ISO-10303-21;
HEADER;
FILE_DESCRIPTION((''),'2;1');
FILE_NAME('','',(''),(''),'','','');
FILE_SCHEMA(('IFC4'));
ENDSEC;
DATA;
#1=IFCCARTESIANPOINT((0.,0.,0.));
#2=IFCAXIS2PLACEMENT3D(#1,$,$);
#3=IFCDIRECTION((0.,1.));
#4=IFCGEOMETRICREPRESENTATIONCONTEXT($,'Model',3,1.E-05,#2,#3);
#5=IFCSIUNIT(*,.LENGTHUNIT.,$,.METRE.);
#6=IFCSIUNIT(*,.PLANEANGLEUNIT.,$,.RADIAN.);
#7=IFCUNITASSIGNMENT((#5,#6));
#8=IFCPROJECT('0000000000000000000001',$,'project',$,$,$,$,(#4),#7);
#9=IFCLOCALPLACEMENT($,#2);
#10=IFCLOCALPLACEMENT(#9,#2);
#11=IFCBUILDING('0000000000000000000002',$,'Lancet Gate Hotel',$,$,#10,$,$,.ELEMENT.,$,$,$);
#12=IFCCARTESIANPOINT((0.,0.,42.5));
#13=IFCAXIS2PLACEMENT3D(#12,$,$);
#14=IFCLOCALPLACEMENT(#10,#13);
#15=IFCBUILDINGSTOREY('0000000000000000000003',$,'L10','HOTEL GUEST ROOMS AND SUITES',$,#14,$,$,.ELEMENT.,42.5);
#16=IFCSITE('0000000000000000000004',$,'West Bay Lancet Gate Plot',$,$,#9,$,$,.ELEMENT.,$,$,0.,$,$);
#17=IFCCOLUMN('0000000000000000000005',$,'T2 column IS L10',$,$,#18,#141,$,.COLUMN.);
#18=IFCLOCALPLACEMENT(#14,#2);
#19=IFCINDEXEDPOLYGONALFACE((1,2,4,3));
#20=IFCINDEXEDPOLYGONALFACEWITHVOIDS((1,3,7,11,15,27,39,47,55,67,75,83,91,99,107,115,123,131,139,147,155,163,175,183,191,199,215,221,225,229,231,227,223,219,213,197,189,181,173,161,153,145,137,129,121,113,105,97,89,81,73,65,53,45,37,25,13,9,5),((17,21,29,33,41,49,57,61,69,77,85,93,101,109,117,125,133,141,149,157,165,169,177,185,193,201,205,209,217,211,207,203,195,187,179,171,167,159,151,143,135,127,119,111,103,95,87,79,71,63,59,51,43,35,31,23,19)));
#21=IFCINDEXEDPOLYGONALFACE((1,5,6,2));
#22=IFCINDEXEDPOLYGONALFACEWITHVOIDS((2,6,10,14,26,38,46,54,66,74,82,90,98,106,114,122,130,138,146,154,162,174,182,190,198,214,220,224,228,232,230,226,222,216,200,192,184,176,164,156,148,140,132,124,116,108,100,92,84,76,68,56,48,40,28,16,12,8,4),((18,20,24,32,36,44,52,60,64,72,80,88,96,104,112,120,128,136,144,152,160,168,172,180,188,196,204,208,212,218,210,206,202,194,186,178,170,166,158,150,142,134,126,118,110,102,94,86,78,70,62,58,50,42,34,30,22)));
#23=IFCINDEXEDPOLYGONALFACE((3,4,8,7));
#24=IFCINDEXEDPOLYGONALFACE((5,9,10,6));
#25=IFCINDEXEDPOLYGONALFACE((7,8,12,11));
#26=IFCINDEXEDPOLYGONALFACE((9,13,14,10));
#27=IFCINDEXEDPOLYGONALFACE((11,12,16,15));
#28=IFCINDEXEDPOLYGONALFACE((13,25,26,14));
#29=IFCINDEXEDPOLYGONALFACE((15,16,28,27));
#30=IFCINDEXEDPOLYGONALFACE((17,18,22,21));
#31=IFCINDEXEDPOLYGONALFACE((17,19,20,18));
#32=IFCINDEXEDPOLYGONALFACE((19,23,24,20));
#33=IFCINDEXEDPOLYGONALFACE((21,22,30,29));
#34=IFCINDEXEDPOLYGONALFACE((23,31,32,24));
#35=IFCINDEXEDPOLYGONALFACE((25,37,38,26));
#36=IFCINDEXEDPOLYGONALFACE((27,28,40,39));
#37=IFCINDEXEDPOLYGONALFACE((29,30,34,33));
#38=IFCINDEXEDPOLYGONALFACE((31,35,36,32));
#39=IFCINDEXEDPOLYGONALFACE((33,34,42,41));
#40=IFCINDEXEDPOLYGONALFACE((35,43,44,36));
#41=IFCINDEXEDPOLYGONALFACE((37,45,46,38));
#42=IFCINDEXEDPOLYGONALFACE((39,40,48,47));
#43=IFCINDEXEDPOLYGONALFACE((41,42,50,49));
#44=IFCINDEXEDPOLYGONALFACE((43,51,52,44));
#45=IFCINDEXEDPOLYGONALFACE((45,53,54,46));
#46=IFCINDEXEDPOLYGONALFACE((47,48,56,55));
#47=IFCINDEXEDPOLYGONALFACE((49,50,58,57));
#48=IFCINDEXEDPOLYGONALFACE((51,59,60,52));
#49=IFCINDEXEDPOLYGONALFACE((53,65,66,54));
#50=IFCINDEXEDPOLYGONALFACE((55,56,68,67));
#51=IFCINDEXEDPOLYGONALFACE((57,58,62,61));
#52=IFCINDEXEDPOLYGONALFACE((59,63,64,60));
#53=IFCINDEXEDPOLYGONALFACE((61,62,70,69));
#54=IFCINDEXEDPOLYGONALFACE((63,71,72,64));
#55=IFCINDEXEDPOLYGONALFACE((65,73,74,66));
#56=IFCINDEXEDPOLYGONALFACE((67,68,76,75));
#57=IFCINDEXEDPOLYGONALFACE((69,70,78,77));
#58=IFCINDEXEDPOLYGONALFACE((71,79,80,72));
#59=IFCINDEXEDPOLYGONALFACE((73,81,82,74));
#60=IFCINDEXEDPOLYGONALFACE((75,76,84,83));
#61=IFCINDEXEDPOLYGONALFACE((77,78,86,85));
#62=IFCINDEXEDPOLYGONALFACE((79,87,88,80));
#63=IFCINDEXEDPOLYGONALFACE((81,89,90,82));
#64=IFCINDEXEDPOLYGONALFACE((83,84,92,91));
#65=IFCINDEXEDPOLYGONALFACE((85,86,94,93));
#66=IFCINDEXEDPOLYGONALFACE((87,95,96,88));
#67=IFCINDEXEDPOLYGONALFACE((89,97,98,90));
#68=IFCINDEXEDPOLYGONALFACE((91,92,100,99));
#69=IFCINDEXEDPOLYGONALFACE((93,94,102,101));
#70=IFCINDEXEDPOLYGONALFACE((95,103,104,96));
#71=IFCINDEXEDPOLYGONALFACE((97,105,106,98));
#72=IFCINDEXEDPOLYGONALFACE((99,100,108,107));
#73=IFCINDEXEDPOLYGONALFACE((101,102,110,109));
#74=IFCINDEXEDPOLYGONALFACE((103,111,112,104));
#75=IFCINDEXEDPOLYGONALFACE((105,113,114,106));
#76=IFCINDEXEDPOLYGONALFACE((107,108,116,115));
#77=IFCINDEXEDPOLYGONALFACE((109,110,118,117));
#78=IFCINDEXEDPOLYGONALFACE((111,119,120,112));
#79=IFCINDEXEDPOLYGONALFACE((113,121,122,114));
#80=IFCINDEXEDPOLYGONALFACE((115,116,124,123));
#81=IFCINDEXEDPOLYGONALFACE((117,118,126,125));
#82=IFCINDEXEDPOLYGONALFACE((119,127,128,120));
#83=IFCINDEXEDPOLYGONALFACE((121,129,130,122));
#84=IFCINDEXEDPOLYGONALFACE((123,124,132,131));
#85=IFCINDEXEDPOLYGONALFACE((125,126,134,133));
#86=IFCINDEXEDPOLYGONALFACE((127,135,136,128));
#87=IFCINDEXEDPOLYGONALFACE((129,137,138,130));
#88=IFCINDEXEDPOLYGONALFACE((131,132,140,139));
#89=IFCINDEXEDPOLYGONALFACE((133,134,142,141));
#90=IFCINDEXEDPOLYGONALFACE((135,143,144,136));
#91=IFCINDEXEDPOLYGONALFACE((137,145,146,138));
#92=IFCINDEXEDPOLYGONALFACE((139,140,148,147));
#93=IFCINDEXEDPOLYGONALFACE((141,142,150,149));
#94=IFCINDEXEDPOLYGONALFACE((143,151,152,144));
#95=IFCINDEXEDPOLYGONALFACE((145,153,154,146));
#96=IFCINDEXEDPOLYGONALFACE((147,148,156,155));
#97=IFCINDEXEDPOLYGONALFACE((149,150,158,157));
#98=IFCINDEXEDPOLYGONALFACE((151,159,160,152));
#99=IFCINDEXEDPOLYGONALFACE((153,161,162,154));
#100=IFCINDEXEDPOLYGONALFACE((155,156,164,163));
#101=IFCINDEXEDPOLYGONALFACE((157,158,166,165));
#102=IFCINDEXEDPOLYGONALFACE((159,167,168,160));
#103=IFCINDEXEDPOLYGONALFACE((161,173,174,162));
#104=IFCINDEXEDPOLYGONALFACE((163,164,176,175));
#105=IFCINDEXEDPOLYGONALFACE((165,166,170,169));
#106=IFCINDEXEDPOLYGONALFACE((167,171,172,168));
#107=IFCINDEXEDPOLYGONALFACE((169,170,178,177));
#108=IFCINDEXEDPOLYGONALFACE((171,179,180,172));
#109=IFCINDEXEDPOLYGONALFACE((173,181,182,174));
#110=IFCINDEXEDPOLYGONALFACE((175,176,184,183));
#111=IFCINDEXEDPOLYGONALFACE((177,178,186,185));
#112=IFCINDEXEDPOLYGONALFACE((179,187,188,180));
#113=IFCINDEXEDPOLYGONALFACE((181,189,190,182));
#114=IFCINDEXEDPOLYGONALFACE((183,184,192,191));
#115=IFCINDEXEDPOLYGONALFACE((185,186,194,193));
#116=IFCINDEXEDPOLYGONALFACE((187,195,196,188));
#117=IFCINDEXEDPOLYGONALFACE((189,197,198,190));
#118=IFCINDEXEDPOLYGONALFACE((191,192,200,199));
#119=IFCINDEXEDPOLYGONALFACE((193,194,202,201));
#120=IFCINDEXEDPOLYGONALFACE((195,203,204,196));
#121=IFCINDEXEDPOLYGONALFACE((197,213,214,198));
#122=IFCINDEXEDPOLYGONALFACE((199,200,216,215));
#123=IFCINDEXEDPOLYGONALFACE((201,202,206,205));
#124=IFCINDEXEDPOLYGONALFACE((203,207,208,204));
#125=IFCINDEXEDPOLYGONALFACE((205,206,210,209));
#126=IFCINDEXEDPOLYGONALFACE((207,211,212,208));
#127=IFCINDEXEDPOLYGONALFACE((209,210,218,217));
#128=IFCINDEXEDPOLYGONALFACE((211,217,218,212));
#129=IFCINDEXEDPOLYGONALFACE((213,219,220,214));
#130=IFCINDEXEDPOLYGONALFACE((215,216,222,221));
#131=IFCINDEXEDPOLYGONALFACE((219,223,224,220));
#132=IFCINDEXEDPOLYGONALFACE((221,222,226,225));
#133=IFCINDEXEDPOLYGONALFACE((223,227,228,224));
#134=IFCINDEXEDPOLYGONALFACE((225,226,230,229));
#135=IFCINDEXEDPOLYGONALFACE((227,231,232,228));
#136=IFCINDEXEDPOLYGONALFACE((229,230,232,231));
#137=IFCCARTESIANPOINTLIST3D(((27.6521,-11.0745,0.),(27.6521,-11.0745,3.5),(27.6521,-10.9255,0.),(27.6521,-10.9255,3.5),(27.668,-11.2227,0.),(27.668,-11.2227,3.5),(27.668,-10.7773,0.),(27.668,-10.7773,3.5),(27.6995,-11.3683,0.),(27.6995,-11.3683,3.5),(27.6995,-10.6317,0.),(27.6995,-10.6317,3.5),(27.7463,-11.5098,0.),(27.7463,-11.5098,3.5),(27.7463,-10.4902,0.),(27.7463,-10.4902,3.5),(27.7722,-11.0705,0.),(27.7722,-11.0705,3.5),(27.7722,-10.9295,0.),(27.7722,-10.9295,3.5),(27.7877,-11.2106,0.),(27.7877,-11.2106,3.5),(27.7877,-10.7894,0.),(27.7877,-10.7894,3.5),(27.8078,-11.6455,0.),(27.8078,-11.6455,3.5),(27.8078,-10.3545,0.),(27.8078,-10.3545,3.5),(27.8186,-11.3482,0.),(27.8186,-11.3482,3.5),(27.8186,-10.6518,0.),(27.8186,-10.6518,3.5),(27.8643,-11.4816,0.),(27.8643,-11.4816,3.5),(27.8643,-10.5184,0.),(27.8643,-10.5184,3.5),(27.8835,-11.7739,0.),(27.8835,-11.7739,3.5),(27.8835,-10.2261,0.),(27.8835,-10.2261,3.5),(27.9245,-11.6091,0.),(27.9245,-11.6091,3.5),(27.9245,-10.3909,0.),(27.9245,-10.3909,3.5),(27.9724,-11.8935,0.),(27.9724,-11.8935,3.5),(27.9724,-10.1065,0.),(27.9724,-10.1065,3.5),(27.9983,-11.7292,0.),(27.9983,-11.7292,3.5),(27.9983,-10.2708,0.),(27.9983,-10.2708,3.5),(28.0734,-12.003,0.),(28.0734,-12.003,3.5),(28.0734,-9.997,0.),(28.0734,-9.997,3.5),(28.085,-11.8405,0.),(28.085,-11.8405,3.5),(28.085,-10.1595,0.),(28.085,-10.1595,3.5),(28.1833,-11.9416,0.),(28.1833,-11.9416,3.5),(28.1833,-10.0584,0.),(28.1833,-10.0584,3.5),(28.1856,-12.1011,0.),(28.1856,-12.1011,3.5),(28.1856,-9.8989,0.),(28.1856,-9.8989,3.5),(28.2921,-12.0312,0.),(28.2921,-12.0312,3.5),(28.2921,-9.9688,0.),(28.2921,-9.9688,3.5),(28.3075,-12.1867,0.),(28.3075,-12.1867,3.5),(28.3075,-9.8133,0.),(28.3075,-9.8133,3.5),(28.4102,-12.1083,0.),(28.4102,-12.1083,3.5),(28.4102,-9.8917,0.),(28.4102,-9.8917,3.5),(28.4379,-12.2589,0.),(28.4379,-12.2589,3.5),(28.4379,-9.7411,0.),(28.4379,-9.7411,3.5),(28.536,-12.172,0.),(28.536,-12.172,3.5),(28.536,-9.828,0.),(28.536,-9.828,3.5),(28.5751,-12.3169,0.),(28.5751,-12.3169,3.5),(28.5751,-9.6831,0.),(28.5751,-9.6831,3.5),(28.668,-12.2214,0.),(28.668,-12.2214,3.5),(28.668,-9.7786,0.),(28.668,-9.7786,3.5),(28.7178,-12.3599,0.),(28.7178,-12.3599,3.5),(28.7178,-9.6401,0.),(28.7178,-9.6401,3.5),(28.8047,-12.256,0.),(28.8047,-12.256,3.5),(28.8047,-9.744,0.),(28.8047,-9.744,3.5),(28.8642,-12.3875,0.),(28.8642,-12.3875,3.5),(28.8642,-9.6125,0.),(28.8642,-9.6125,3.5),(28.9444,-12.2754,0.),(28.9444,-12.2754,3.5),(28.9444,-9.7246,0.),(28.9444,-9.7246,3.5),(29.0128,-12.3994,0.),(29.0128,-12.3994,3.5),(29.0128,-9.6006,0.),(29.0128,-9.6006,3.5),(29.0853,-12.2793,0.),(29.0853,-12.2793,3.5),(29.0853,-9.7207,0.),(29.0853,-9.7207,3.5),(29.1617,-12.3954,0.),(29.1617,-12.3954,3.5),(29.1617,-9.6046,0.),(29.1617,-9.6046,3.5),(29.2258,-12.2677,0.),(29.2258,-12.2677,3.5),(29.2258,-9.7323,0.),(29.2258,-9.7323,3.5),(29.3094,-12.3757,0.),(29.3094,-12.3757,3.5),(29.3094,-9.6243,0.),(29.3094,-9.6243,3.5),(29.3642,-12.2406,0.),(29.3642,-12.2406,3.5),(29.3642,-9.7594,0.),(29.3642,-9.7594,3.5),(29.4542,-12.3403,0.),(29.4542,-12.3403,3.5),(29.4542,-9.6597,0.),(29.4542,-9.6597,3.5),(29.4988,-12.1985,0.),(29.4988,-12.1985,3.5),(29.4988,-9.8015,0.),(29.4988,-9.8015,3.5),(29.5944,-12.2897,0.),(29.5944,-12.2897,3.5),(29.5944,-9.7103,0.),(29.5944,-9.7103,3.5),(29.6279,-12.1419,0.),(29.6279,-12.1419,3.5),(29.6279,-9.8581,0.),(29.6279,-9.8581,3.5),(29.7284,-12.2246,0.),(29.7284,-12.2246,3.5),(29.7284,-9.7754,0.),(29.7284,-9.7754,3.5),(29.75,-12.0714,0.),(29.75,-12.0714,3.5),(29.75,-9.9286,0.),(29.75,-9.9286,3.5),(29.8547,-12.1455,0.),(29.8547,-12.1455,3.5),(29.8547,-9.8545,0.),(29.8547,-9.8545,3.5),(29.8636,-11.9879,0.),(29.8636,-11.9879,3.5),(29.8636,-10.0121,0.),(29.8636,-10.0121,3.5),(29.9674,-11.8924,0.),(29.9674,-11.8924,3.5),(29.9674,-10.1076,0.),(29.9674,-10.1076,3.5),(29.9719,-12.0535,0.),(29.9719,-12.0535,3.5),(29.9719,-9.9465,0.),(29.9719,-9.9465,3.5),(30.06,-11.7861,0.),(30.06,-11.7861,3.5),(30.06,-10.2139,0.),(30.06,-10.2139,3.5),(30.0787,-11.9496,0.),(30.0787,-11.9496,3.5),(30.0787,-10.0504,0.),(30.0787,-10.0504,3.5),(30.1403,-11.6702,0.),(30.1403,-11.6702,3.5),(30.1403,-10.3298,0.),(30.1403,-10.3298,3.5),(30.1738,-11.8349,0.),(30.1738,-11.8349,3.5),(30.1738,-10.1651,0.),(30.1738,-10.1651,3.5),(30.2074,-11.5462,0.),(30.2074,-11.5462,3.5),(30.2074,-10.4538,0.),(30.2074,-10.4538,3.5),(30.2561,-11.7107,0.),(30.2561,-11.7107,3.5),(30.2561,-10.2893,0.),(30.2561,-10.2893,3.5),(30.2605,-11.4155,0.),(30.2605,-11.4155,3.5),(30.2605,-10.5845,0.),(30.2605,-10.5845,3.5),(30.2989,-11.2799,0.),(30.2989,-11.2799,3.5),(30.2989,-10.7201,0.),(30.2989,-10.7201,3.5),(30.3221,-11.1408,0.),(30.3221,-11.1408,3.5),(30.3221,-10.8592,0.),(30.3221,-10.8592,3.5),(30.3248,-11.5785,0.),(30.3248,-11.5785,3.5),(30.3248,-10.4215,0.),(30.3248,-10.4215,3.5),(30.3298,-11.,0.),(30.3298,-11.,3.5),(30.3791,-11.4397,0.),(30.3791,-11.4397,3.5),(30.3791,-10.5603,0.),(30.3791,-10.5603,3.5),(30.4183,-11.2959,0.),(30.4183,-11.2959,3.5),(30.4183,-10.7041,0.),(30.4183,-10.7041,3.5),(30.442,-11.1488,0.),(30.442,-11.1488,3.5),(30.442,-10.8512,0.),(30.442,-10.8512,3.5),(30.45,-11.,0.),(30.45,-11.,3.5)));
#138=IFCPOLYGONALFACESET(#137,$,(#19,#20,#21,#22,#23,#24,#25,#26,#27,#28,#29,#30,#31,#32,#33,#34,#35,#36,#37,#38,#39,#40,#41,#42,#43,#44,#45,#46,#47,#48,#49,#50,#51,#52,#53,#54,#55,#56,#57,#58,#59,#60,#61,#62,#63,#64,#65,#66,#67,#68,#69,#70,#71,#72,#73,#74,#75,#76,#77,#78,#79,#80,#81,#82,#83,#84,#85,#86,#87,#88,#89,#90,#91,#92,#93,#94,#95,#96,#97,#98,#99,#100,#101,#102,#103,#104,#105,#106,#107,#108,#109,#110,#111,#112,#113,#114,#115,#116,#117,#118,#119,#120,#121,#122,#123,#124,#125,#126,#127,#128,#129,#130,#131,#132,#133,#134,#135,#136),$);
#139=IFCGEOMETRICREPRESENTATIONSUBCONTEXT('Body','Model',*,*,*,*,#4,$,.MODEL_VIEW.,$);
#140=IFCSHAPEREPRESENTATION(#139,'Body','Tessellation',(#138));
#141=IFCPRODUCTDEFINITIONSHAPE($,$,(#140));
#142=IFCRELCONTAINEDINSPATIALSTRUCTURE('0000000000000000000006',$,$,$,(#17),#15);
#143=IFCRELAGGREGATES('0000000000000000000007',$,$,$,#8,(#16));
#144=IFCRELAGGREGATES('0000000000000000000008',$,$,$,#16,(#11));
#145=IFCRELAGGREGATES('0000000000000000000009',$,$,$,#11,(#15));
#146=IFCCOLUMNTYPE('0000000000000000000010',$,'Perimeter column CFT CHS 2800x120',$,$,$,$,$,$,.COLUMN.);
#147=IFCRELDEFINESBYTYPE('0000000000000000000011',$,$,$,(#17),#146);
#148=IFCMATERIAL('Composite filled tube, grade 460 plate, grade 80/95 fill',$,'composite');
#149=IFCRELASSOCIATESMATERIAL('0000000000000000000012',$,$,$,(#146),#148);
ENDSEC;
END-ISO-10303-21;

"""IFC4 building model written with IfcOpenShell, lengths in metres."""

from ifc_helpers import new_model, si_unit, direction, frame, origin, origin_2d, place, context, subcontext, project, spatial, hollow_circle, extrude, material, material_profile, profile_set, type_object, element, save


model = new_model("IFC4")

# Units and contexts
model_context = context("Model", 3, precision=1e-05, world=origin(), true_north=direction((0.0, 1.0)))
body_context = subcontext(model_context, "Body", "Model", "MODEL_VIEW")
ifc_project = project(units=[si_unit("LENGTHUNIT", "METRE"), si_unit("PLANEANGLEUNIT", "RADIAN")], contexts=[model_context])

# Site, building, storey
site_placement = place(None, origin())
site = spatial("IfcSite", under=ifc_project, at=site_placement, Name="West Bay Lancet Gate Plot", CompositionType="ELEMENT", RefElevation=0.0)
building_placement = place(site_placement, origin())
building = spatial("IfcBuilding", under=site, at=building_placement, Name="Lancet Gate Hotel", CompositionType="ELEMENT")
storey_placement = place(building_placement, frame((0.0, 0.0, 42.5)))
storey = spatial("IfcBuildingStorey", under=building, at=storey_placement, Name="L10", Description="HOTEL GUEST ROOMS AND SUITES", CompositionType="ELEMENT", Elevation=42.5)

# Column
ifc_material_1 = material(Name="Composite filled tube, grade 460 plate, grade 80/95 fill", Category="composite")
ifc_material_profile_1 = material_profile(ifc_material_1, hollow_circle(Radius=1.3999, WallThickness=0.1201, at=origin_2d()), Name="CHS 2800x120")
ifc_profile_set_1 = profile_set([ifc_material_profile_1], Name="Composite filled tube, grade 460 plate, grade 80/95 fill")
column_type = type_object("IfcColumnType", Name="Perimeter column CFT CHS 2800x120", PredefinedType="COLUMN", material=ifc_profile_set_1)
for number, where, z_axis, x_axis, name in (
    (1, (29.05, -11.0, 0.0), (0.0, 0.0, 1.0), (1.0, 0.0, 0.0), "T2 column IS L10"),
):
    element("IfcColumn", number, at=place(storey_placement, frame(where, z_axis=z_axis, x_axis=x_axis)), inside=storey, type_object=column_type, Name=name, PredefinedType="COLUMN", context=body_context, shape_type="SweptSolid", body=[
        extrude(hollow_circle(Radius=1.3999, WallThickness=0.1201, at=origin_2d()), origin(), (0.0, 0.0, 1.0), 3.5),
    ])

save(model, "model.ifc")
